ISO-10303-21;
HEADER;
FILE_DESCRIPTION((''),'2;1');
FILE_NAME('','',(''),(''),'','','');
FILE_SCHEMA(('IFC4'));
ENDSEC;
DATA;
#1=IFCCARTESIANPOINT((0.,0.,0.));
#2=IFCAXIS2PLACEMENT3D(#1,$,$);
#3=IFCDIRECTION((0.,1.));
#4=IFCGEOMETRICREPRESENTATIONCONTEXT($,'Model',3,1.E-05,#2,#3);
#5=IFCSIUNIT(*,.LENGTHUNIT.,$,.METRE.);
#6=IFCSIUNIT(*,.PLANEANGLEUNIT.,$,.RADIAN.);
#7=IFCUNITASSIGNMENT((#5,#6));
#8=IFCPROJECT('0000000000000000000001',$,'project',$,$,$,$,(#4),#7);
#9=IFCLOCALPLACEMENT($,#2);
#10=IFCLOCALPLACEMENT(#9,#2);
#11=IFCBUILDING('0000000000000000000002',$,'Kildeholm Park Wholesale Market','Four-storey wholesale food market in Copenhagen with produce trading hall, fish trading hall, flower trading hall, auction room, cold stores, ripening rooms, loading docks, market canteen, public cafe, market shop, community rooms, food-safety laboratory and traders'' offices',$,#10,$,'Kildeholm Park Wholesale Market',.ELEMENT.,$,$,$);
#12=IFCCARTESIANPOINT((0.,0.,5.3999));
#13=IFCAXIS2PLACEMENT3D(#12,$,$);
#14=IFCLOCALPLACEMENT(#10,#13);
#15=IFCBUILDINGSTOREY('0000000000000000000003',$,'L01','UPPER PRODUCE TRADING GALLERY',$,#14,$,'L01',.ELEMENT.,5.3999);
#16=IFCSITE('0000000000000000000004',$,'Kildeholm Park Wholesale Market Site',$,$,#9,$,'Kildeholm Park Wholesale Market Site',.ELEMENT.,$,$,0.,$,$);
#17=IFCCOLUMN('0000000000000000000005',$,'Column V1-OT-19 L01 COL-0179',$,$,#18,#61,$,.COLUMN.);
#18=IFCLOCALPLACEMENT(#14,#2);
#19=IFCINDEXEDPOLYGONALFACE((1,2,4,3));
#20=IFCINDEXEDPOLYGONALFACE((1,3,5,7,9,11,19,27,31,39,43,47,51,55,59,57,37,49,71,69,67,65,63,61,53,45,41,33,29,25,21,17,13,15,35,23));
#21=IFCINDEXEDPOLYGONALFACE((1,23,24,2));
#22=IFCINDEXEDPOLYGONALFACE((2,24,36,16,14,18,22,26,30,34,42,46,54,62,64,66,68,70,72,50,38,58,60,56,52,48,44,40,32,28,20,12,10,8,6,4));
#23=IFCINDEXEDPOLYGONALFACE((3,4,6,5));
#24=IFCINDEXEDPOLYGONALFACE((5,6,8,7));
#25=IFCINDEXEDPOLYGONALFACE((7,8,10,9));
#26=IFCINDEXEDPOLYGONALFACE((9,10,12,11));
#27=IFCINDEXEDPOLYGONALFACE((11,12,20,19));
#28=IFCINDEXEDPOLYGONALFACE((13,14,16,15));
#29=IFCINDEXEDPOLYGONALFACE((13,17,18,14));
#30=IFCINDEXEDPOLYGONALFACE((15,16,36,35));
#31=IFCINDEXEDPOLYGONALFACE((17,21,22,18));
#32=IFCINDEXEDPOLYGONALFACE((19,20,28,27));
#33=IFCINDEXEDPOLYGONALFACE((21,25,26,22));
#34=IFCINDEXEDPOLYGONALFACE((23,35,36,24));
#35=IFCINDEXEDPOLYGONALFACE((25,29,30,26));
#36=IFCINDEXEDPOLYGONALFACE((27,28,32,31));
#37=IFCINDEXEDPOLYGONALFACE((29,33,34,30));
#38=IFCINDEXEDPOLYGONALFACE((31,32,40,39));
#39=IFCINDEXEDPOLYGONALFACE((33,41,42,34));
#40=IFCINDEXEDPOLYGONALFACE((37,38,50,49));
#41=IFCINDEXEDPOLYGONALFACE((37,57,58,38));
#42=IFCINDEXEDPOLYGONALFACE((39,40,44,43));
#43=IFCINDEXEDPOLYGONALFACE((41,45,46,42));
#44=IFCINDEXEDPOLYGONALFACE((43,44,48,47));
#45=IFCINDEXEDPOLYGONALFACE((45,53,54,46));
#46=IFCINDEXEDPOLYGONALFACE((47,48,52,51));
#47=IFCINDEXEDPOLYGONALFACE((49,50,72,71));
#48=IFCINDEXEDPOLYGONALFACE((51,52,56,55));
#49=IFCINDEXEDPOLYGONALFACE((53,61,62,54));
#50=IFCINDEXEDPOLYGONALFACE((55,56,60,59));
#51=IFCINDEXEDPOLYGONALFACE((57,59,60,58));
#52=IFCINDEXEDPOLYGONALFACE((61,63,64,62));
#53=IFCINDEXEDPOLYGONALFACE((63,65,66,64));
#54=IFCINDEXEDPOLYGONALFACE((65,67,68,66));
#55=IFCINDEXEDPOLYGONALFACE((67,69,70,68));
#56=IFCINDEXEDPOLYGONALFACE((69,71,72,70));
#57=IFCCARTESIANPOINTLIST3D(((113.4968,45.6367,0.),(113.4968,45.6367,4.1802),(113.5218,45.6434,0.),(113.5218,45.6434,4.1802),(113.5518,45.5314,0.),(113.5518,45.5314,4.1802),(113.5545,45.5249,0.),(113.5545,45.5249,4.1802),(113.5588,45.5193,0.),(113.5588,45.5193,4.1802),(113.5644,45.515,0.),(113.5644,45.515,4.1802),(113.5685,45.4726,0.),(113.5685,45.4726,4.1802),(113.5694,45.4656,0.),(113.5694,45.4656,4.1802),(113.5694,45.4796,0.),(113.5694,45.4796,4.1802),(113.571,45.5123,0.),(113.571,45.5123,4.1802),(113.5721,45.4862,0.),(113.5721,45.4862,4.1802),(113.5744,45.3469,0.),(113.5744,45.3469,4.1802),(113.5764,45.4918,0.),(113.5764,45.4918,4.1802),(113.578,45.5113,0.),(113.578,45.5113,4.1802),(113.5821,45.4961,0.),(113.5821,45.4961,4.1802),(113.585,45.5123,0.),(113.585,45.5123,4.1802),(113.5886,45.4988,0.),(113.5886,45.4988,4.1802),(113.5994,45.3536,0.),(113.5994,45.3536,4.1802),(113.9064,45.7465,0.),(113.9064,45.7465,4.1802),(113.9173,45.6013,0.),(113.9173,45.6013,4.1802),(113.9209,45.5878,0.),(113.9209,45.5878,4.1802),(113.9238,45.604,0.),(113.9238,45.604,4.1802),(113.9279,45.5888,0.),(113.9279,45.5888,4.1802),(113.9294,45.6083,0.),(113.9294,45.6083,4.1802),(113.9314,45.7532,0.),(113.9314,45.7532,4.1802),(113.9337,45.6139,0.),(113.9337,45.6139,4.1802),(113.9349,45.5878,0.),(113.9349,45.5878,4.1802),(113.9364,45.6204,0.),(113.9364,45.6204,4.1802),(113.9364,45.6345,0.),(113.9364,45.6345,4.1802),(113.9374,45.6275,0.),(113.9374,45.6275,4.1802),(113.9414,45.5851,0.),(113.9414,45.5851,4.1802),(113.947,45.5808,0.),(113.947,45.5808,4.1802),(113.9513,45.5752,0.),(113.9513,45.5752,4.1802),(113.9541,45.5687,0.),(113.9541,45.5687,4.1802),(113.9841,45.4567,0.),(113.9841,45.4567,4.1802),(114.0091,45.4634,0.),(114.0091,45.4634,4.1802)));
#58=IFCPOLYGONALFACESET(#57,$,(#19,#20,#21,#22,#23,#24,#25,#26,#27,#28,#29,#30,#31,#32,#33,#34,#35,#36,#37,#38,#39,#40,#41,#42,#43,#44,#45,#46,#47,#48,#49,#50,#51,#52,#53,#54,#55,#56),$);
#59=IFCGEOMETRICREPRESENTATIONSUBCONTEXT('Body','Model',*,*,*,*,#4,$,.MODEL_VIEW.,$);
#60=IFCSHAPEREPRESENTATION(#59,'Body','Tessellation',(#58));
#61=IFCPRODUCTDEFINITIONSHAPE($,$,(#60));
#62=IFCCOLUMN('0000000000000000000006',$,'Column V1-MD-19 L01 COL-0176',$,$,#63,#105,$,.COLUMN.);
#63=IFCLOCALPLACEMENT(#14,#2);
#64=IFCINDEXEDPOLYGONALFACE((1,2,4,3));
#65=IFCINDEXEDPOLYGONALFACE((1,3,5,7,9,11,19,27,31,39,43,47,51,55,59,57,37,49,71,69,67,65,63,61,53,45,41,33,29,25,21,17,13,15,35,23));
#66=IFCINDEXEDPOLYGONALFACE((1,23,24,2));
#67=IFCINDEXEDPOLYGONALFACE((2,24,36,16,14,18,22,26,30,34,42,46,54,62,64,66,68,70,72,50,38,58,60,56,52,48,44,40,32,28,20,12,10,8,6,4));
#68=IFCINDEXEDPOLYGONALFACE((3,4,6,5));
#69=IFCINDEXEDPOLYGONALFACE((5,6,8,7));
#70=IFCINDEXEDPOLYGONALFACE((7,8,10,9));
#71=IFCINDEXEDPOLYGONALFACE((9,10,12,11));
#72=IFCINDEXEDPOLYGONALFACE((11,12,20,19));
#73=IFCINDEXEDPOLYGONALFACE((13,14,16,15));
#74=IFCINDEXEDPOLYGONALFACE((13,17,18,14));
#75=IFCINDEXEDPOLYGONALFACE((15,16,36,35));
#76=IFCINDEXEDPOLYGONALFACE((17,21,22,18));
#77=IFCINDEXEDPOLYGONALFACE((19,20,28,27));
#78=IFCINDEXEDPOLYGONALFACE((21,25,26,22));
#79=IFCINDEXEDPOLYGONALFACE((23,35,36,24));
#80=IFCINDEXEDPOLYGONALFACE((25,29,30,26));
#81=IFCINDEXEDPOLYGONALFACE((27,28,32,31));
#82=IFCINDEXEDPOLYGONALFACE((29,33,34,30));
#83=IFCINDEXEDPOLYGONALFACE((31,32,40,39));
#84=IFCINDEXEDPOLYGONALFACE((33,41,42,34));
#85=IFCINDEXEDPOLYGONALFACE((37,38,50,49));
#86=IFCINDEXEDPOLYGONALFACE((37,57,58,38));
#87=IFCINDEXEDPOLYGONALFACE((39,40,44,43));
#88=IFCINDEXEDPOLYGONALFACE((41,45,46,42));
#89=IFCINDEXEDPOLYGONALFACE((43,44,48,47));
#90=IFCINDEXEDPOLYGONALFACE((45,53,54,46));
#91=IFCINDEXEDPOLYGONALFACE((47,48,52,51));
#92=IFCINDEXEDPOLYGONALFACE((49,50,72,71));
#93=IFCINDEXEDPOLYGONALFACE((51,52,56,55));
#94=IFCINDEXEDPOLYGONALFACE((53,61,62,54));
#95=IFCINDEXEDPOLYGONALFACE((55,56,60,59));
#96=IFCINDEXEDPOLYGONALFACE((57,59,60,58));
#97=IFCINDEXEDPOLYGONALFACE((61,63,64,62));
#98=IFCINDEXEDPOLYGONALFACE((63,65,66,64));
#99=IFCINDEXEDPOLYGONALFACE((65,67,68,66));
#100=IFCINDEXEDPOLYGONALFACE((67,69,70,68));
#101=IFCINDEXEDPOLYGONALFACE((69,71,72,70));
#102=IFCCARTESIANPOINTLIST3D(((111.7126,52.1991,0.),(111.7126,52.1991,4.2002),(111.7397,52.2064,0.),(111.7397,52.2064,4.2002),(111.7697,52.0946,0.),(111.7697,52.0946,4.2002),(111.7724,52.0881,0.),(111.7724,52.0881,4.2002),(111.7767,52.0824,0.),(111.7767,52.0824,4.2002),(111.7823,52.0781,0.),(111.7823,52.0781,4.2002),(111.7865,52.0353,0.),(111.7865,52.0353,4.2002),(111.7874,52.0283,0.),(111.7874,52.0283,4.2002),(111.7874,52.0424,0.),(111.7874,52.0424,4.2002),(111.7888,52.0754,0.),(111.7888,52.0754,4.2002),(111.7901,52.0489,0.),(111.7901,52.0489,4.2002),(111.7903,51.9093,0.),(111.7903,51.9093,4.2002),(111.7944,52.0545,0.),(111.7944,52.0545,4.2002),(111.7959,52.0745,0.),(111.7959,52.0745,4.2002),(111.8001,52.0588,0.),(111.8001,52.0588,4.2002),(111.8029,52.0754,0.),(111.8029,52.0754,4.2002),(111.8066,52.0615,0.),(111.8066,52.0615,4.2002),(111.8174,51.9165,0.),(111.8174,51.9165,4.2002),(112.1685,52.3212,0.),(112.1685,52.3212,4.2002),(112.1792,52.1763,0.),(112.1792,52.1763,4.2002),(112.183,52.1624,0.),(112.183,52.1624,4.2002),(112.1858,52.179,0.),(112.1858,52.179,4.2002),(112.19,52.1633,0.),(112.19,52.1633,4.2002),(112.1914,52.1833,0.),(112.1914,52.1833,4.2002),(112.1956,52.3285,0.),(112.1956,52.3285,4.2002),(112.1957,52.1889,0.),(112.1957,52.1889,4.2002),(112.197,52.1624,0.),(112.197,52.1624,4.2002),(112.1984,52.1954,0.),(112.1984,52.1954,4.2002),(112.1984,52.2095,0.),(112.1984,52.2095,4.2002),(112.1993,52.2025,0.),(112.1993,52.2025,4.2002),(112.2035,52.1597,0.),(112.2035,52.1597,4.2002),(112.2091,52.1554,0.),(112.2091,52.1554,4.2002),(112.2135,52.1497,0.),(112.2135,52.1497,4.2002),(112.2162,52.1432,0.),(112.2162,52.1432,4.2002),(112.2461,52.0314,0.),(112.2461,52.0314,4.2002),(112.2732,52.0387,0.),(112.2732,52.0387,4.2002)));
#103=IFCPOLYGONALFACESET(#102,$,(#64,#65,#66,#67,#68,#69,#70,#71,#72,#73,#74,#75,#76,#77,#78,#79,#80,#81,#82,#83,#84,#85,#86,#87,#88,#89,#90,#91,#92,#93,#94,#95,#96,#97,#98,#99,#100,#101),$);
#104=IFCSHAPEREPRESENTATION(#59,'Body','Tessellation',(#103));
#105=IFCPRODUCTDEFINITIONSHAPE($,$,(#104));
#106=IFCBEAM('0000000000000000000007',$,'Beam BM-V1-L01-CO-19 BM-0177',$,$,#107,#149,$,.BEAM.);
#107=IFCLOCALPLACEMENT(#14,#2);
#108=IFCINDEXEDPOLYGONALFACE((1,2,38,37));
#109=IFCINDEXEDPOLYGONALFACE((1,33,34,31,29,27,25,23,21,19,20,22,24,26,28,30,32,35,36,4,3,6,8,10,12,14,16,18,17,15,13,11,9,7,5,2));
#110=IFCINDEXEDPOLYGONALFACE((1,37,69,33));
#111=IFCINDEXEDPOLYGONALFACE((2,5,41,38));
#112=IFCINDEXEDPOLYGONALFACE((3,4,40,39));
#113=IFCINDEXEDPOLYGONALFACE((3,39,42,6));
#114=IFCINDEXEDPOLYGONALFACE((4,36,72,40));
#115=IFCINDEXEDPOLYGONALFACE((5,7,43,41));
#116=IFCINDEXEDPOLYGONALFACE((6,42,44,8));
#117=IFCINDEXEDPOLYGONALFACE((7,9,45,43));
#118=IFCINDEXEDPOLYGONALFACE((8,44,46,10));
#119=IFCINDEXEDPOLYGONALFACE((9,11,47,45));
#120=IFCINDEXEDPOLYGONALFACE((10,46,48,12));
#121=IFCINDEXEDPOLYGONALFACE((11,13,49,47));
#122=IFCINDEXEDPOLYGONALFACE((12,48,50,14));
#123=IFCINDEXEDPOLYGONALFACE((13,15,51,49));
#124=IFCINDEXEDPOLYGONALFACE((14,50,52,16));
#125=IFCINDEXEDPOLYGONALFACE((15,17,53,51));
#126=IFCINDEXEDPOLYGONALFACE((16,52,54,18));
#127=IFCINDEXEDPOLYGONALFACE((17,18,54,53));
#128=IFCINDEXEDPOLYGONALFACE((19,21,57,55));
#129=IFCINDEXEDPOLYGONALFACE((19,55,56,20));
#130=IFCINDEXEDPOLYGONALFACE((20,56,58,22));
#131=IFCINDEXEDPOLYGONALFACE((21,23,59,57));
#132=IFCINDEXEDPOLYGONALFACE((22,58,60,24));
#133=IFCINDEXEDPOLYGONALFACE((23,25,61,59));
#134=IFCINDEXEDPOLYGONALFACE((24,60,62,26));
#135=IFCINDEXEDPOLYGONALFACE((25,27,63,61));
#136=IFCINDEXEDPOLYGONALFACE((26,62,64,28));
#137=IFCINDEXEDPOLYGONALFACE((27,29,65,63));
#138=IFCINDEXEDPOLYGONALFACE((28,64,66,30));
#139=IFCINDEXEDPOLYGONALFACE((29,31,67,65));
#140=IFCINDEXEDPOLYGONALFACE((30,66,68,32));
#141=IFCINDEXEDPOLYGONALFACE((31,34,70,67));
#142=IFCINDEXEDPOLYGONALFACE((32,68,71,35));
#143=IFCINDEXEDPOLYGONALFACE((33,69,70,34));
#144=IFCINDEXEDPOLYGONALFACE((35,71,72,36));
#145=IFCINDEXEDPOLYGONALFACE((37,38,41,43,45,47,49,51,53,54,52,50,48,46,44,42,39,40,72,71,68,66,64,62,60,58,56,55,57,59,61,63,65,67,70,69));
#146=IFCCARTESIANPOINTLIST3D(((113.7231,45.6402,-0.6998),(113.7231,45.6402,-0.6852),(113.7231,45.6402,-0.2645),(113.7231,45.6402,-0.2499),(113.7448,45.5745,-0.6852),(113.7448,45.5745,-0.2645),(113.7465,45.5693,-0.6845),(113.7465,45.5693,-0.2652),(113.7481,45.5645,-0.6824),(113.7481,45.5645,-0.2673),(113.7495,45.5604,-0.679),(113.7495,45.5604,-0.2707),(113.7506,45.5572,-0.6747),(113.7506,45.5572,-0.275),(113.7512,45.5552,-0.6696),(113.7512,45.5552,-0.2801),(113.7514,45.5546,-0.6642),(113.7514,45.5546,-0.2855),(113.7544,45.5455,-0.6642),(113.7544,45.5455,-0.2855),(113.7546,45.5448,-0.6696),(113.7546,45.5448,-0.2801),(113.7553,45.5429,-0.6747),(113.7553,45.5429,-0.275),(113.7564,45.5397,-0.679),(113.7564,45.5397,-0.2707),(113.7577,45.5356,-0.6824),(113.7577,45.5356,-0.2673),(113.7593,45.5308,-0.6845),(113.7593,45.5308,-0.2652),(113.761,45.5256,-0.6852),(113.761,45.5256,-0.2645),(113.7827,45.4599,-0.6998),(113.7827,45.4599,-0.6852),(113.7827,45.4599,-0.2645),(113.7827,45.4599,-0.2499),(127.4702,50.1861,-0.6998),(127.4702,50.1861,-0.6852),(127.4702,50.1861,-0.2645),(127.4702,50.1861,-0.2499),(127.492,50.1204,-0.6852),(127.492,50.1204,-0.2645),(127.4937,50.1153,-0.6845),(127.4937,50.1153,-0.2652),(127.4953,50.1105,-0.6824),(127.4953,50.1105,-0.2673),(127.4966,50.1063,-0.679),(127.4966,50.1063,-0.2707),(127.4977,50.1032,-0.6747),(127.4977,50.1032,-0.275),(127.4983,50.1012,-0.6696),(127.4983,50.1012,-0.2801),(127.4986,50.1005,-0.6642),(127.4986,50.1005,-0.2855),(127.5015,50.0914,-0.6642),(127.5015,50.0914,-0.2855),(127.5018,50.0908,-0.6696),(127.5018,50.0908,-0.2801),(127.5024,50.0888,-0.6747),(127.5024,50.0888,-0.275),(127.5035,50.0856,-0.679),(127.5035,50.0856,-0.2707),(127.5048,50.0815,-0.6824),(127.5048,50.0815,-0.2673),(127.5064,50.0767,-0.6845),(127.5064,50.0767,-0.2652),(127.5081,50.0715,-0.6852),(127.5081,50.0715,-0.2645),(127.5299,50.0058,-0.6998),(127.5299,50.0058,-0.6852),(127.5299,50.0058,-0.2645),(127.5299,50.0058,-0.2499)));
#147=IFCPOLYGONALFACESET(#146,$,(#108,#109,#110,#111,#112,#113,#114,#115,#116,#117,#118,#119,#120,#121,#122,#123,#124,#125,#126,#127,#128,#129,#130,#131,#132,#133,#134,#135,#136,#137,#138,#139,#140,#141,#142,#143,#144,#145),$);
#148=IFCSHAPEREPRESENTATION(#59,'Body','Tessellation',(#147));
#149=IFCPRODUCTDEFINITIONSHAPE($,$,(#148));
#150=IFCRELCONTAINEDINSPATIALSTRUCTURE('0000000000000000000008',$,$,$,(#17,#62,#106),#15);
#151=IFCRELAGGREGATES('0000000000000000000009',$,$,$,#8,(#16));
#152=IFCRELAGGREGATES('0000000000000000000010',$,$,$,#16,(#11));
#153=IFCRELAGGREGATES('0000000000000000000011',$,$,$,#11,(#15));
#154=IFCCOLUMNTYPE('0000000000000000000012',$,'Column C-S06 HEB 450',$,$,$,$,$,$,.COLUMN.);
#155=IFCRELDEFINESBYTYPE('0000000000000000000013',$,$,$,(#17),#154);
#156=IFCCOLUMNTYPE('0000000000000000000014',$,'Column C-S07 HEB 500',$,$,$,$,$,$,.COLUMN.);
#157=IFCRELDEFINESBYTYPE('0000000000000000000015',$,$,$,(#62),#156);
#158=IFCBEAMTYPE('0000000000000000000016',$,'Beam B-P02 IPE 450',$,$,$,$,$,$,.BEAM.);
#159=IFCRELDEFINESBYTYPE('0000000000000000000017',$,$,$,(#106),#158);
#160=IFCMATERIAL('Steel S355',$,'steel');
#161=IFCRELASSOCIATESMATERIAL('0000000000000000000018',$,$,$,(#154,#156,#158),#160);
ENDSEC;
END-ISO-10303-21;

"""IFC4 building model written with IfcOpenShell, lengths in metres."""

from ifc_helpers import new_model, si_unit, direction, frame, origin, origin_2d, place, context, subcontext, project, spatial, i_section, extrude, material, material_profile, profile_set, type_object, element, save


model = new_model("IFC4")

# Units and contexts
model_context = context("Model", 3, precision=1e-05, world=origin(), true_north=direction((0.0, 1.0)))
body_context = subcontext(model_context, "Body", "Model", "MODEL_VIEW")
ifc_project = project(units=[si_unit("LENGTHUNIT", "METRE"), si_unit("PLANEANGLEUNIT", "RADIAN")], contexts=[model_context])

# Site, building, storey
site_placement = place(None, origin())
site = spatial("IfcSite", under=ifc_project, at=site_placement, Name="Kildeholm Park Wholesale Market Site", LongName="Kildeholm Park Wholesale Market Site", CompositionType="ELEMENT", RefElevation=0.0)
building_placement = place(site_placement, origin())
building = spatial("IfcBuilding", under=site, at=building_placement, Name="Kildeholm Park Wholesale Market", Description="Four-storey wholesale food market in Copenhagen with produce trading hall, fish trading hall, flower trading hall, auction room, cold stores, ripening rooms, loading docks, market canteen, public cafe, market shop, community rooms, food-safety laboratory and traders' offices", LongName="Kildeholm Park Wholesale Market", CompositionType="ELEMENT")
storey_placement = place(building_placement, frame((0.0, 0.0, 5.3999)))
storey = spatial("IfcBuildingStorey", under=building, at=storey_placement, Name="L01", Description="UPPER PRODUCE TRADING GALLERY", LongName="L01", CompositionType="ELEMENT", Elevation=5.3999)

# Columns
ifc_material_1 = material(Name="Steel S355", Category="steel")
ifc_material_profile_1 = material_profile(ifc_material_1, i_section(OverallWidth=0.3, OverallDepth=0.45, WebThickness=0.0139, FlangeThickness=0.0259, FilletRadius=0.0271, at=origin_2d()), Name="HEB 450")
ifc_profile_set_1 = profile_set([ifc_material_profile_1], Name="Steel S355")
column_type_1 = type_object("IfcColumnType", Name="Column C-S06 HEB 450", PredefinedType="COLUMN", material=ifc_profile_set_1)
column_1_placement = place(storey_placement, frame((113.7529, 45.55, 0.0), z_axis=(0.0, 0.0, 1.0), x_axis=(0.258819, -0.965926, 0.0)))
element("IfcColumn", 1, at=column_1_placement, inside=storey, type_object=column_type_1, Name="Column V1-OT-19 L01 COL-0179", PredefinedType="COLUMN", context=body_context, shape_type="SweptSolid", body=[
    extrude(i_section(OverallWidth=0.3, OverallDepth=0.45, WebThickness=0.0139, FlangeThickness=0.0259, FilletRadius=0.0271, at=origin_2d()), origin(), (0.0, 0.0, 1.0), 4.1802),
])
ifc_material_profile_2 = material_profile(ifc_material_1, i_section(OverallWidth=0.3, OverallDepth=0.5, WebThickness=0.0144, FlangeThickness=0.0281, FilletRadius=0.0271, at=origin_2d()), Name="HEB 500")
ifc_profile_set_2 = profile_set([ifc_material_profile_2], Name="Steel S355")
column_type_2 = type_object("IfcColumnType", Name="Column C-S07 HEB 500", PredefinedType="COLUMN", material=ifc_profile_set_2)
column_2_placement = place(storey_placement, frame((111.9929, 52.1189, 0.0), z_axis=(0.0, 0.0, 1.0), x_axis=(0.258819, -0.965926, 0.0)))
element("IfcColumn", 2, at=column_2_placement, inside=storey, type_object=column_type_2, Name="Column V1-MD-19 L01 COL-0176", PredefinedType="COLUMN", context=body_context, shape_type="SweptSolid", body=[
    extrude(i_section(OverallWidth=0.3, OverallDepth=0.5, WebThickness=0.0144, FlangeThickness=0.0281, FilletRadius=0.0271, at=origin_2d()), origin(), (0.0, 0.0, 1.0), 4.2002),
])

# Beam
ifc_material_profile_3 = material_profile(ifc_material_1, i_section(OverallWidth=0.1899, OverallDepth=0.45, WebThickness=0.0095, FlangeThickness=0.0146, FilletRadius=0.021, at=origin_2d()), Name="IPE 450")
ifc_profile_set_3 = profile_set([ifc_material_profile_3], Name="Steel S355")
beam_type_1 = type_object("IfcBeamType", Name="Beam B-P02 IPE 450", PredefinedType="BEAM", material=ifc_profile_set_3)
beam_1_placement = place(storey_placement, frame((113.7529, 45.55, -0.4749), z_axis=(0.949436, 0.313961, 0.0), x_axis=(-0.313961, 0.949436, 0.0)))
element("IfcBeam", 3, at=beam_1_placement, inside=storey, type_object=beam_type_1, Name="Beam BM-V1-L01-CO-19 BM-0177", PredefinedType="BEAM", context=body_context, shape_type="SweptSolid", body=[
    extrude(i_section(OverallWidth=0.1899, OverallDepth=0.45, WebThickness=0.0095, FlangeThickness=0.0146, FilletRadius=0.021, at=origin_2d()), origin(), (0.0, 0.0, 1.0), 14.4792),
])

save(model, "model.ifc")
